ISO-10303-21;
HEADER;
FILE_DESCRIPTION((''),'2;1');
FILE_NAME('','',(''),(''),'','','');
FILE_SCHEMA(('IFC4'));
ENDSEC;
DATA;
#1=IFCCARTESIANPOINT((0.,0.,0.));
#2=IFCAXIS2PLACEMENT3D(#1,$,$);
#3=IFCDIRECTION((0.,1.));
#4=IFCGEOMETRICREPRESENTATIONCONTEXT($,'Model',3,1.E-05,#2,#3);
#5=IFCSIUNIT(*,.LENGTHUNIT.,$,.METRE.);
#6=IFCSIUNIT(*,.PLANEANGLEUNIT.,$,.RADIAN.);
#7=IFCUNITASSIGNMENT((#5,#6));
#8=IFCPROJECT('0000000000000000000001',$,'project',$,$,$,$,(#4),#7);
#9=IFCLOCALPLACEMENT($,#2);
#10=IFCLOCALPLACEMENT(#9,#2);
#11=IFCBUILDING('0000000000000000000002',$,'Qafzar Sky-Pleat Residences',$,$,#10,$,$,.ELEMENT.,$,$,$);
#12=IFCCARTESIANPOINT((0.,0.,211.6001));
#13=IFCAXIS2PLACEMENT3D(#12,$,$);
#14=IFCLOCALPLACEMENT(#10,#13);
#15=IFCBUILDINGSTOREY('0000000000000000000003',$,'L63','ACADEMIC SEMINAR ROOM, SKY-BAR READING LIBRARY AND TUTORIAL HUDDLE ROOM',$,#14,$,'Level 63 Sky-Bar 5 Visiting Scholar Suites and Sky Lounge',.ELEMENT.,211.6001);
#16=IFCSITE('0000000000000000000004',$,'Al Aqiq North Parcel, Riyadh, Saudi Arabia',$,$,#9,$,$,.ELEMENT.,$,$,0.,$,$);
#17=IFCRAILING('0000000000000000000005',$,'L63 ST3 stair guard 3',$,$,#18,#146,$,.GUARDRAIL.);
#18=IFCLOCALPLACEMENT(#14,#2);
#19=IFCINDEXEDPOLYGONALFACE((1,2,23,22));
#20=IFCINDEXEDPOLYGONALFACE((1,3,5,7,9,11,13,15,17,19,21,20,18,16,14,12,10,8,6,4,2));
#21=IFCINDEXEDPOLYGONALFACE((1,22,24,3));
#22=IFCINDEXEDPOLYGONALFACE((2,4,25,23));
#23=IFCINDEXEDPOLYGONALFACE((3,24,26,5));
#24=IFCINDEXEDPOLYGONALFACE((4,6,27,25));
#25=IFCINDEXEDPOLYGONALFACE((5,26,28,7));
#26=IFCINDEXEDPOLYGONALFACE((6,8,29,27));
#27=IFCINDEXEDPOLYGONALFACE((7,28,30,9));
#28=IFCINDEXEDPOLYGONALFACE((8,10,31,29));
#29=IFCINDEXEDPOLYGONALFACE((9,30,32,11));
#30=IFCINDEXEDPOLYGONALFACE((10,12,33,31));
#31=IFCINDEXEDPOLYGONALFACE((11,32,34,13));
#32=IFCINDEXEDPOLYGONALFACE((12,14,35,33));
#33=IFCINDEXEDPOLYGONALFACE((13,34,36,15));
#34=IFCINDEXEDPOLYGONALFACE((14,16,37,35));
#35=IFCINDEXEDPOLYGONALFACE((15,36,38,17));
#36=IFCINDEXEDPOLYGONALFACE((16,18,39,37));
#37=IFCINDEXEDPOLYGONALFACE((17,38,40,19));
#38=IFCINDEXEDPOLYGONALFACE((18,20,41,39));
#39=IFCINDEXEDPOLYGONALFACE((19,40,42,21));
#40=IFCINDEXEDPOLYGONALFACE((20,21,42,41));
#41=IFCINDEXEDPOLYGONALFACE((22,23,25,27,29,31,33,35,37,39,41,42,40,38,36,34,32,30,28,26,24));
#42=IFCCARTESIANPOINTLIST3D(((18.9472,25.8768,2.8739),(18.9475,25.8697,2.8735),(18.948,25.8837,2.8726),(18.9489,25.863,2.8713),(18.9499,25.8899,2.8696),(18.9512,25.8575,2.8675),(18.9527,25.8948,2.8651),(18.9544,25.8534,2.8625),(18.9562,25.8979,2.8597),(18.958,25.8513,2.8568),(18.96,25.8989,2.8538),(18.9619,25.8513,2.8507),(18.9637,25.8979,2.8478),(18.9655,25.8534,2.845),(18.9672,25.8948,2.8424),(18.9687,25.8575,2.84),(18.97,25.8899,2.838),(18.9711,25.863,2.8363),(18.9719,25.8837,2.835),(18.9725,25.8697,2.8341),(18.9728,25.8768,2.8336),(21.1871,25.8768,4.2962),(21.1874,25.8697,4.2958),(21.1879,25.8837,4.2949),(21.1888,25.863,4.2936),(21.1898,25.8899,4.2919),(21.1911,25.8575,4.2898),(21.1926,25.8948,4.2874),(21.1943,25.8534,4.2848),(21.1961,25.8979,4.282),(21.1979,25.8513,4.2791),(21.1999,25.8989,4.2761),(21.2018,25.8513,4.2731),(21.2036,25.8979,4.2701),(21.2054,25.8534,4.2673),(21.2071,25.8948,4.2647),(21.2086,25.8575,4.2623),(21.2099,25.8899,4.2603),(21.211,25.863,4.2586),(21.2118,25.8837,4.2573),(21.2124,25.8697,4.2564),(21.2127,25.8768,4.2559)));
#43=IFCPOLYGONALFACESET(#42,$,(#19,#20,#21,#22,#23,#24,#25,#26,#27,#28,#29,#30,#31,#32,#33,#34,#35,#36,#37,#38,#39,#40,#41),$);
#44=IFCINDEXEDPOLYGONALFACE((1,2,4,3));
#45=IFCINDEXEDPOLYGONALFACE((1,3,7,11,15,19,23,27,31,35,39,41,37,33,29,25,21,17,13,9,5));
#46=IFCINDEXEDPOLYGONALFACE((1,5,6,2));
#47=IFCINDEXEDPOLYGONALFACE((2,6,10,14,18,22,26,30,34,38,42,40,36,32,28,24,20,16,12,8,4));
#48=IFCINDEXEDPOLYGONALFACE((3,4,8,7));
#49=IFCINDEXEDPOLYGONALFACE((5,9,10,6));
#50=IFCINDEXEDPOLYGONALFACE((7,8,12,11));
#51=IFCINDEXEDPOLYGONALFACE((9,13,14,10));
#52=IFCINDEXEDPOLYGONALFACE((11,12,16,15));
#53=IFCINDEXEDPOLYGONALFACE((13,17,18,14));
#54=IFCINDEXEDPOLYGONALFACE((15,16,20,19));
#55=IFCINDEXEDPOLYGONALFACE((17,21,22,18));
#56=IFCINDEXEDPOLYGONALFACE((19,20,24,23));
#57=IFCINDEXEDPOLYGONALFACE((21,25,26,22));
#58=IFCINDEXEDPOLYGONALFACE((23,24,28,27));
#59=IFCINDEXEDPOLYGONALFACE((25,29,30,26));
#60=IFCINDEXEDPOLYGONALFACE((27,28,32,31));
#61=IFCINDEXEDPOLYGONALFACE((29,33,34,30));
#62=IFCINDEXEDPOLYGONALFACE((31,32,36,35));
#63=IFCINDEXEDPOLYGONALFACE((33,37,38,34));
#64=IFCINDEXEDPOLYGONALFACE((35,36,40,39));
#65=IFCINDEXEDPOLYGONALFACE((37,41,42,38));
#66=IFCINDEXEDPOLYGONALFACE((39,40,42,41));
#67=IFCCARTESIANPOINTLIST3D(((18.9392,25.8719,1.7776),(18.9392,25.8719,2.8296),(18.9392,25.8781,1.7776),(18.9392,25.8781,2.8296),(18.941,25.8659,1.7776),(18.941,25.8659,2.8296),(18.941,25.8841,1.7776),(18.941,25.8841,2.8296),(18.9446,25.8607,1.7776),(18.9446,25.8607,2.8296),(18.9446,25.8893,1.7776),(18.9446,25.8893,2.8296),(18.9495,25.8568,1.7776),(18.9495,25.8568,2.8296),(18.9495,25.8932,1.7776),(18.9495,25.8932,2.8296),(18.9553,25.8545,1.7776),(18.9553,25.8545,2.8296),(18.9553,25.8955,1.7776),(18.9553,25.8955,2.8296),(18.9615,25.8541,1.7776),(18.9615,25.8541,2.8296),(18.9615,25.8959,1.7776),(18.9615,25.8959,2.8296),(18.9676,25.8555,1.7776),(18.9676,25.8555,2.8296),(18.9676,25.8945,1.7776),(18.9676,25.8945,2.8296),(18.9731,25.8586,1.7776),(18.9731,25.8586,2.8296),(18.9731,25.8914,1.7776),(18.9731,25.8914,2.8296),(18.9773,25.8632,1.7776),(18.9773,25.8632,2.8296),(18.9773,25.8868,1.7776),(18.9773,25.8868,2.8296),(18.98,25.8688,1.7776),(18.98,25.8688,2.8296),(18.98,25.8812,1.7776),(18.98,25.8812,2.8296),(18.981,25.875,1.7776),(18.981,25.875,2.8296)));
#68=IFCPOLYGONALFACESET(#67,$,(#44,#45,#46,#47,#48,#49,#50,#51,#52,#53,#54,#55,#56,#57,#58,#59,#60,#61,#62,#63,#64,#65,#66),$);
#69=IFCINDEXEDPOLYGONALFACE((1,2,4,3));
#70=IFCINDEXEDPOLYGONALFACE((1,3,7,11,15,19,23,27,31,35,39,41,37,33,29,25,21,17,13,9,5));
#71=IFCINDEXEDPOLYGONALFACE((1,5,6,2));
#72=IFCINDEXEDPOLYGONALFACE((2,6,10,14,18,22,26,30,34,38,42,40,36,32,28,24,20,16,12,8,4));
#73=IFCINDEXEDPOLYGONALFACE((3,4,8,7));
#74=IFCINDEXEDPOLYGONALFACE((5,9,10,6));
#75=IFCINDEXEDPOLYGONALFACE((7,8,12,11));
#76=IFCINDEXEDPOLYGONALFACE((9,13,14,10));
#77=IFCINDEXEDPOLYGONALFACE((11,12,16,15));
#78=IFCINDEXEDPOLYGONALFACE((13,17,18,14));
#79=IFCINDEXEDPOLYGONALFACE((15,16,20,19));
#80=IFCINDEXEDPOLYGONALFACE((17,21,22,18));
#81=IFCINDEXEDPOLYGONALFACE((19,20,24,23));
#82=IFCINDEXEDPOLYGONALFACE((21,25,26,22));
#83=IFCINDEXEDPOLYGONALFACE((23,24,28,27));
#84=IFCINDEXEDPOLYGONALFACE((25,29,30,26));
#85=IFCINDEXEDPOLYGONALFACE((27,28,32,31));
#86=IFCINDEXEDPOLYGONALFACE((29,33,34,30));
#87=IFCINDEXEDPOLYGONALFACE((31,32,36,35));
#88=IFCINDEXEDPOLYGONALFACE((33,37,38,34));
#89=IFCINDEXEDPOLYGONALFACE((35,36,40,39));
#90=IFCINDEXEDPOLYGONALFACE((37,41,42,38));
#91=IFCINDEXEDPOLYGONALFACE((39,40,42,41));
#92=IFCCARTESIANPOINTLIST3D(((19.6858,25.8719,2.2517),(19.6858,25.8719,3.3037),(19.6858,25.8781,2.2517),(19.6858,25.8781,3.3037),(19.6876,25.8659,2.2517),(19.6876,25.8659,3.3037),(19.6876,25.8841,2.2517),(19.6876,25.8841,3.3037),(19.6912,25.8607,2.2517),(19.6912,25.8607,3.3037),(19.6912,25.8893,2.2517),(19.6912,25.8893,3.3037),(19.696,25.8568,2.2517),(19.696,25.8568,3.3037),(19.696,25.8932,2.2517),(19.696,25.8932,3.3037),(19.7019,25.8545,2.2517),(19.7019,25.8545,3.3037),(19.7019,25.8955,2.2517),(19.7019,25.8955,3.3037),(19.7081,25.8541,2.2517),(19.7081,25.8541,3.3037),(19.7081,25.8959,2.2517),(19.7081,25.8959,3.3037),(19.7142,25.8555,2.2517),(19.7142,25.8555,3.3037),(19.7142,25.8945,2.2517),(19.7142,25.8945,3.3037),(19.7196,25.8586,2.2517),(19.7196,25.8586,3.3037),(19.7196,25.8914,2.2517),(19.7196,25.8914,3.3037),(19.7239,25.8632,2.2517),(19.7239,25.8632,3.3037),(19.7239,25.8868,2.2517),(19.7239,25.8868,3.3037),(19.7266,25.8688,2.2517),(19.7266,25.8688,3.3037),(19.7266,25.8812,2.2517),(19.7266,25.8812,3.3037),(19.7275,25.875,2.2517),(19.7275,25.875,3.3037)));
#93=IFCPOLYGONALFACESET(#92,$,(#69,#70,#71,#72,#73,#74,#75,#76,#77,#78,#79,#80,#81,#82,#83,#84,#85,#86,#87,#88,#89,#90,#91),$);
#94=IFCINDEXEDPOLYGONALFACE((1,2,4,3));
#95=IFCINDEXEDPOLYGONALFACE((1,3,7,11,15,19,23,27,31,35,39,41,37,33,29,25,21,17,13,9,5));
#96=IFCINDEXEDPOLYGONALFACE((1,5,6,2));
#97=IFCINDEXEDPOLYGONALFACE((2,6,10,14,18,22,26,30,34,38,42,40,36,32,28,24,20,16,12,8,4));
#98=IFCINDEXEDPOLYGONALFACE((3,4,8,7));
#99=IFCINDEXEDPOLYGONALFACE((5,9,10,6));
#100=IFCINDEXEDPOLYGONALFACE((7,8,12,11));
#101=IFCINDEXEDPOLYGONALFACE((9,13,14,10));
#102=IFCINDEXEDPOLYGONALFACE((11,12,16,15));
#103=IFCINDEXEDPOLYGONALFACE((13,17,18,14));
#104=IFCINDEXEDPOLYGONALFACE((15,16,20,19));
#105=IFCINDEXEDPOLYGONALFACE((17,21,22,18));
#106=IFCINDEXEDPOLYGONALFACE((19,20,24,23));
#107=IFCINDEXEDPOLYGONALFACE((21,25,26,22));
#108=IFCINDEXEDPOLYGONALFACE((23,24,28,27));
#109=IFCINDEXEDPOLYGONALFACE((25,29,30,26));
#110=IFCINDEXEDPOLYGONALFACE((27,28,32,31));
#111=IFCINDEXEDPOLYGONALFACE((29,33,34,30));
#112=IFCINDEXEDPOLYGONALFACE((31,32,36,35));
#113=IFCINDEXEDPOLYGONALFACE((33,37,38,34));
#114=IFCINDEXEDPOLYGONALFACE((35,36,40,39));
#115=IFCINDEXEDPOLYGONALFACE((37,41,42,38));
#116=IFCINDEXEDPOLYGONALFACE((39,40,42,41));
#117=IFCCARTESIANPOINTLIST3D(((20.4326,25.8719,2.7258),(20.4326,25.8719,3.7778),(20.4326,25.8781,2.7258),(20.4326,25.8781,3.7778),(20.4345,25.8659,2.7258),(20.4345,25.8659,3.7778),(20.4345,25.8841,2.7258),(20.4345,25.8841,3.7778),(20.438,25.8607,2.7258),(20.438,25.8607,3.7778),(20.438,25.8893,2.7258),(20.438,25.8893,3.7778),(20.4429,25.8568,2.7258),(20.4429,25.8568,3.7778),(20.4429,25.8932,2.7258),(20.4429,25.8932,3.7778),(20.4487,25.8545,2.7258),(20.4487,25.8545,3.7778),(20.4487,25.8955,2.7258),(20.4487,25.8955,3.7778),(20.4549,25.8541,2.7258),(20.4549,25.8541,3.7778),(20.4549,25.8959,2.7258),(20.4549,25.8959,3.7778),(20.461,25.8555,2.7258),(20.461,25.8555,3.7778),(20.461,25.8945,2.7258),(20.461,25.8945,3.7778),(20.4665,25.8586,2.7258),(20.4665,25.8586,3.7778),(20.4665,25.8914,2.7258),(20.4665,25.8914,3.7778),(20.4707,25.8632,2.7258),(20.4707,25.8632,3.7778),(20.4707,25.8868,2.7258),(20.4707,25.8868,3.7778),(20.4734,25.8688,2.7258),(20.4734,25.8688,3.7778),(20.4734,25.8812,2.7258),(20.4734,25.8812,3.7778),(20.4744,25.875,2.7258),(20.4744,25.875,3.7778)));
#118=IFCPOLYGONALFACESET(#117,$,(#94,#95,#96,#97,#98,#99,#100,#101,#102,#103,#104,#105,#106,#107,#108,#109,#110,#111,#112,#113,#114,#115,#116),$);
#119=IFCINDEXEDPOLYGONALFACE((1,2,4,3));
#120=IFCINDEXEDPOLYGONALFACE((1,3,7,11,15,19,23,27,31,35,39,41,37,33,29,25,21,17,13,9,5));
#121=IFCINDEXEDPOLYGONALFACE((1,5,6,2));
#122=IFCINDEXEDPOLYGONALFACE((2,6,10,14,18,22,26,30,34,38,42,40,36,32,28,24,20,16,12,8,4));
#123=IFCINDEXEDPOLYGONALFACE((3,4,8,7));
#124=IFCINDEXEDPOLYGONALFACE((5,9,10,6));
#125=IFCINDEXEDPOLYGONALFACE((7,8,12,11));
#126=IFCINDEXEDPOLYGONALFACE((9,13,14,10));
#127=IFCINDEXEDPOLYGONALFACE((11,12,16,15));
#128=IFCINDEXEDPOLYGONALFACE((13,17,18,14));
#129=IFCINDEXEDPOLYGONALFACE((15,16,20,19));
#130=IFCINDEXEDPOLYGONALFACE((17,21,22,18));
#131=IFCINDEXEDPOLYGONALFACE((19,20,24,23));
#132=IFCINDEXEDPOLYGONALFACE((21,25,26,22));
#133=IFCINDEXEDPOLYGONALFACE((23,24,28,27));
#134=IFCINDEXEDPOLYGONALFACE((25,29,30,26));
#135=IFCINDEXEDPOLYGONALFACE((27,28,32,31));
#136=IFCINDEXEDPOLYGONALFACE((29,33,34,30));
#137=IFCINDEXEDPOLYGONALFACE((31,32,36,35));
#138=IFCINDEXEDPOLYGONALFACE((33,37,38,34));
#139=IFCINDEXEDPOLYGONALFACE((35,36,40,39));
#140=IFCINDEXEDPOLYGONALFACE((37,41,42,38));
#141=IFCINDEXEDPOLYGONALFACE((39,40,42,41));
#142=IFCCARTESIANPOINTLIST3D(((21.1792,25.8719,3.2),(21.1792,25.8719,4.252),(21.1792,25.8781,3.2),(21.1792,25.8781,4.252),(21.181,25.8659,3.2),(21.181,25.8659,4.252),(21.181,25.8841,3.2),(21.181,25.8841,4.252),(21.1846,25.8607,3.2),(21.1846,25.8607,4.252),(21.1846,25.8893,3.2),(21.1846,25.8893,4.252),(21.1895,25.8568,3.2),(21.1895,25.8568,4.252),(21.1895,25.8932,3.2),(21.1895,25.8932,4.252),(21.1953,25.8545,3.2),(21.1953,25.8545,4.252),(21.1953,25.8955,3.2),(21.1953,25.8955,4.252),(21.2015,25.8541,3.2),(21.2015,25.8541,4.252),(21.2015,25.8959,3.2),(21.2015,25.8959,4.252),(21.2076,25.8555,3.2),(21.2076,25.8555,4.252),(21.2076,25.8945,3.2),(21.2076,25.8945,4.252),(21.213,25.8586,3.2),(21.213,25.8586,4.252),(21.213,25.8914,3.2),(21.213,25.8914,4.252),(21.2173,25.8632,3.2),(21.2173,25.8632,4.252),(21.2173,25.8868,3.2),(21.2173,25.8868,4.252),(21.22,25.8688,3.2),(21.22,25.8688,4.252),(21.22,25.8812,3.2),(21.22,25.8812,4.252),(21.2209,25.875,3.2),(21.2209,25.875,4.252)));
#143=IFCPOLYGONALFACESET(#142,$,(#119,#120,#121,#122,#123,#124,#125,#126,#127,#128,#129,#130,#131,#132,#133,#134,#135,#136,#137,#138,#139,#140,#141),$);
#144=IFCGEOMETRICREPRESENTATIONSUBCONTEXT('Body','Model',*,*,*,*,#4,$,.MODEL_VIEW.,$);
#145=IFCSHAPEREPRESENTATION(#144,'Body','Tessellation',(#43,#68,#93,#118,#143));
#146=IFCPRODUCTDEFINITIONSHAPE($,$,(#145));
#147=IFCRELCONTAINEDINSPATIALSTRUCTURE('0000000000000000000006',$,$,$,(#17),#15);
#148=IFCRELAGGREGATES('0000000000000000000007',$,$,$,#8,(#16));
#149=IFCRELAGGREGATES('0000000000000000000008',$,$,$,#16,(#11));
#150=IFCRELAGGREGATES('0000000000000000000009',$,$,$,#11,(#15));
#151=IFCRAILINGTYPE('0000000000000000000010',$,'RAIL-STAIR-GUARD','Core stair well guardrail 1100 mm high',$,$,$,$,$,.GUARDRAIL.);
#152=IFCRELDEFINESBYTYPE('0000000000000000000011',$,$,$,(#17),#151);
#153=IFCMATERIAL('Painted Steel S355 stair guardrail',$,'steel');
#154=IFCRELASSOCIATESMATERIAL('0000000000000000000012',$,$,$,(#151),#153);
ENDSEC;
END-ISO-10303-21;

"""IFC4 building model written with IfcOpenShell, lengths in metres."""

from ifc_helpers import new_model, si_unit, direction, frame, origin, origin_2d, place, context, subcontext, project, spatial, circle, extrude, source, transform, mapped, material, type_object, element, save


model = new_model("IFC4")

# Units and contexts
model_context = context("Model", 3, precision=1e-05, world=origin(), true_north=direction((0.0, 1.0)))
body_context = subcontext(model_context, "Body", "Model", "MODEL_VIEW")
ifc_project = project(units=[si_unit("LENGTHUNIT", "METRE"), si_unit("PLANEANGLEUNIT", "RADIAN")], contexts=[model_context])

# Site, building, storey
site_placement = place(None, origin())
site = spatial("IfcSite", under=ifc_project, at=site_placement, Name="Al Aqiq North Parcel, Riyadh, Saudi Arabia", CompositionType="ELEMENT", RefElevation=0.0)
building_placement = place(site_placement, origin())
building = spatial("IfcBuilding", under=site, at=building_placement, Name="Qafzar Sky-Pleat Residences", CompositionType="ELEMENT")
storey_placement = place(building_placement, frame((0.0, 0.0, 211.6001)))
storey = spatial("IfcBuildingStorey", under=building, at=storey_placement, Name="L63", Description="ACADEMIC SEMINAR ROOM, SKY-BAR READING LIBRARY AND TUTORIAL HUDDLE ROOM", LongName="Level 63 Sky-Bar 5 Visiting Scholar Suites and Sky Lounge", CompositionType="ELEMENT", Elevation=211.6001)

# Railing
ifc_material_1 = material(Name="Painted Steel S355 stair guardrail", Category="steel")
railing_type_1 = type_object("IfcRailingType", Name="RAIL-STAIR-GUARD", Description="Core stair well guardrail 1100 mm high", PredefinedType="GUARDRAIL", material=ifc_material_1)
shared_shape_1 = source(origin(), body_context, "Body", "SweptSolid", [
    extrude(circle(Radius=0.0239, at=origin_2d()), frame((0.0, 0.0, 1.0762), z_axis=(0.844188, 0.0, 0.536048), x_axis=(0.0, 1.0, 0.0)), (0.0, 0.0, 1.0), 2.6533),
    extrude(circle(Radius=0.021, at=origin_2d()), origin(), (0.0, 0.0, 1.0), 1.052),
    extrude(circle(Radius=0.021, at=origin_2d()), frame((0.7466, 0.0, 0.4741)), (0.0, 0.0, 1.0), 1.052),
    extrude(circle(Radius=0.021, at=origin_2d()), frame((1.4934, 0.0, 0.9482)), (0.0, 0.0, 1.0), 1.052),
    extrude(circle(Radius=0.021, at=origin_2d()), frame((2.24, 0.0, 1.4224)), (0.0, 0.0, 1.0), 1.052),
])
railing_1_placement = place(storey_placement, frame((18.96, 25.875, 1.7776)))
element("IfcRailing", 1, at=railing_1_placement, inside=storey, type_object=railing_type_1, Name="L63 ST3 stair guard 3", PredefinedType="GUARDRAIL", context=body_context, shape_type="MappedRepresentation", body=[
    mapped(shared_shape_1, transform((0.0, 0.0, 0.0), x_axis=(1.0, 0.0, 0.0), y_axis=(0.0, 1.0, 0.0), z_axis=(0.0, 0.0, 1.0), scale=1.0)),
])

save(model, "model.ifc")
